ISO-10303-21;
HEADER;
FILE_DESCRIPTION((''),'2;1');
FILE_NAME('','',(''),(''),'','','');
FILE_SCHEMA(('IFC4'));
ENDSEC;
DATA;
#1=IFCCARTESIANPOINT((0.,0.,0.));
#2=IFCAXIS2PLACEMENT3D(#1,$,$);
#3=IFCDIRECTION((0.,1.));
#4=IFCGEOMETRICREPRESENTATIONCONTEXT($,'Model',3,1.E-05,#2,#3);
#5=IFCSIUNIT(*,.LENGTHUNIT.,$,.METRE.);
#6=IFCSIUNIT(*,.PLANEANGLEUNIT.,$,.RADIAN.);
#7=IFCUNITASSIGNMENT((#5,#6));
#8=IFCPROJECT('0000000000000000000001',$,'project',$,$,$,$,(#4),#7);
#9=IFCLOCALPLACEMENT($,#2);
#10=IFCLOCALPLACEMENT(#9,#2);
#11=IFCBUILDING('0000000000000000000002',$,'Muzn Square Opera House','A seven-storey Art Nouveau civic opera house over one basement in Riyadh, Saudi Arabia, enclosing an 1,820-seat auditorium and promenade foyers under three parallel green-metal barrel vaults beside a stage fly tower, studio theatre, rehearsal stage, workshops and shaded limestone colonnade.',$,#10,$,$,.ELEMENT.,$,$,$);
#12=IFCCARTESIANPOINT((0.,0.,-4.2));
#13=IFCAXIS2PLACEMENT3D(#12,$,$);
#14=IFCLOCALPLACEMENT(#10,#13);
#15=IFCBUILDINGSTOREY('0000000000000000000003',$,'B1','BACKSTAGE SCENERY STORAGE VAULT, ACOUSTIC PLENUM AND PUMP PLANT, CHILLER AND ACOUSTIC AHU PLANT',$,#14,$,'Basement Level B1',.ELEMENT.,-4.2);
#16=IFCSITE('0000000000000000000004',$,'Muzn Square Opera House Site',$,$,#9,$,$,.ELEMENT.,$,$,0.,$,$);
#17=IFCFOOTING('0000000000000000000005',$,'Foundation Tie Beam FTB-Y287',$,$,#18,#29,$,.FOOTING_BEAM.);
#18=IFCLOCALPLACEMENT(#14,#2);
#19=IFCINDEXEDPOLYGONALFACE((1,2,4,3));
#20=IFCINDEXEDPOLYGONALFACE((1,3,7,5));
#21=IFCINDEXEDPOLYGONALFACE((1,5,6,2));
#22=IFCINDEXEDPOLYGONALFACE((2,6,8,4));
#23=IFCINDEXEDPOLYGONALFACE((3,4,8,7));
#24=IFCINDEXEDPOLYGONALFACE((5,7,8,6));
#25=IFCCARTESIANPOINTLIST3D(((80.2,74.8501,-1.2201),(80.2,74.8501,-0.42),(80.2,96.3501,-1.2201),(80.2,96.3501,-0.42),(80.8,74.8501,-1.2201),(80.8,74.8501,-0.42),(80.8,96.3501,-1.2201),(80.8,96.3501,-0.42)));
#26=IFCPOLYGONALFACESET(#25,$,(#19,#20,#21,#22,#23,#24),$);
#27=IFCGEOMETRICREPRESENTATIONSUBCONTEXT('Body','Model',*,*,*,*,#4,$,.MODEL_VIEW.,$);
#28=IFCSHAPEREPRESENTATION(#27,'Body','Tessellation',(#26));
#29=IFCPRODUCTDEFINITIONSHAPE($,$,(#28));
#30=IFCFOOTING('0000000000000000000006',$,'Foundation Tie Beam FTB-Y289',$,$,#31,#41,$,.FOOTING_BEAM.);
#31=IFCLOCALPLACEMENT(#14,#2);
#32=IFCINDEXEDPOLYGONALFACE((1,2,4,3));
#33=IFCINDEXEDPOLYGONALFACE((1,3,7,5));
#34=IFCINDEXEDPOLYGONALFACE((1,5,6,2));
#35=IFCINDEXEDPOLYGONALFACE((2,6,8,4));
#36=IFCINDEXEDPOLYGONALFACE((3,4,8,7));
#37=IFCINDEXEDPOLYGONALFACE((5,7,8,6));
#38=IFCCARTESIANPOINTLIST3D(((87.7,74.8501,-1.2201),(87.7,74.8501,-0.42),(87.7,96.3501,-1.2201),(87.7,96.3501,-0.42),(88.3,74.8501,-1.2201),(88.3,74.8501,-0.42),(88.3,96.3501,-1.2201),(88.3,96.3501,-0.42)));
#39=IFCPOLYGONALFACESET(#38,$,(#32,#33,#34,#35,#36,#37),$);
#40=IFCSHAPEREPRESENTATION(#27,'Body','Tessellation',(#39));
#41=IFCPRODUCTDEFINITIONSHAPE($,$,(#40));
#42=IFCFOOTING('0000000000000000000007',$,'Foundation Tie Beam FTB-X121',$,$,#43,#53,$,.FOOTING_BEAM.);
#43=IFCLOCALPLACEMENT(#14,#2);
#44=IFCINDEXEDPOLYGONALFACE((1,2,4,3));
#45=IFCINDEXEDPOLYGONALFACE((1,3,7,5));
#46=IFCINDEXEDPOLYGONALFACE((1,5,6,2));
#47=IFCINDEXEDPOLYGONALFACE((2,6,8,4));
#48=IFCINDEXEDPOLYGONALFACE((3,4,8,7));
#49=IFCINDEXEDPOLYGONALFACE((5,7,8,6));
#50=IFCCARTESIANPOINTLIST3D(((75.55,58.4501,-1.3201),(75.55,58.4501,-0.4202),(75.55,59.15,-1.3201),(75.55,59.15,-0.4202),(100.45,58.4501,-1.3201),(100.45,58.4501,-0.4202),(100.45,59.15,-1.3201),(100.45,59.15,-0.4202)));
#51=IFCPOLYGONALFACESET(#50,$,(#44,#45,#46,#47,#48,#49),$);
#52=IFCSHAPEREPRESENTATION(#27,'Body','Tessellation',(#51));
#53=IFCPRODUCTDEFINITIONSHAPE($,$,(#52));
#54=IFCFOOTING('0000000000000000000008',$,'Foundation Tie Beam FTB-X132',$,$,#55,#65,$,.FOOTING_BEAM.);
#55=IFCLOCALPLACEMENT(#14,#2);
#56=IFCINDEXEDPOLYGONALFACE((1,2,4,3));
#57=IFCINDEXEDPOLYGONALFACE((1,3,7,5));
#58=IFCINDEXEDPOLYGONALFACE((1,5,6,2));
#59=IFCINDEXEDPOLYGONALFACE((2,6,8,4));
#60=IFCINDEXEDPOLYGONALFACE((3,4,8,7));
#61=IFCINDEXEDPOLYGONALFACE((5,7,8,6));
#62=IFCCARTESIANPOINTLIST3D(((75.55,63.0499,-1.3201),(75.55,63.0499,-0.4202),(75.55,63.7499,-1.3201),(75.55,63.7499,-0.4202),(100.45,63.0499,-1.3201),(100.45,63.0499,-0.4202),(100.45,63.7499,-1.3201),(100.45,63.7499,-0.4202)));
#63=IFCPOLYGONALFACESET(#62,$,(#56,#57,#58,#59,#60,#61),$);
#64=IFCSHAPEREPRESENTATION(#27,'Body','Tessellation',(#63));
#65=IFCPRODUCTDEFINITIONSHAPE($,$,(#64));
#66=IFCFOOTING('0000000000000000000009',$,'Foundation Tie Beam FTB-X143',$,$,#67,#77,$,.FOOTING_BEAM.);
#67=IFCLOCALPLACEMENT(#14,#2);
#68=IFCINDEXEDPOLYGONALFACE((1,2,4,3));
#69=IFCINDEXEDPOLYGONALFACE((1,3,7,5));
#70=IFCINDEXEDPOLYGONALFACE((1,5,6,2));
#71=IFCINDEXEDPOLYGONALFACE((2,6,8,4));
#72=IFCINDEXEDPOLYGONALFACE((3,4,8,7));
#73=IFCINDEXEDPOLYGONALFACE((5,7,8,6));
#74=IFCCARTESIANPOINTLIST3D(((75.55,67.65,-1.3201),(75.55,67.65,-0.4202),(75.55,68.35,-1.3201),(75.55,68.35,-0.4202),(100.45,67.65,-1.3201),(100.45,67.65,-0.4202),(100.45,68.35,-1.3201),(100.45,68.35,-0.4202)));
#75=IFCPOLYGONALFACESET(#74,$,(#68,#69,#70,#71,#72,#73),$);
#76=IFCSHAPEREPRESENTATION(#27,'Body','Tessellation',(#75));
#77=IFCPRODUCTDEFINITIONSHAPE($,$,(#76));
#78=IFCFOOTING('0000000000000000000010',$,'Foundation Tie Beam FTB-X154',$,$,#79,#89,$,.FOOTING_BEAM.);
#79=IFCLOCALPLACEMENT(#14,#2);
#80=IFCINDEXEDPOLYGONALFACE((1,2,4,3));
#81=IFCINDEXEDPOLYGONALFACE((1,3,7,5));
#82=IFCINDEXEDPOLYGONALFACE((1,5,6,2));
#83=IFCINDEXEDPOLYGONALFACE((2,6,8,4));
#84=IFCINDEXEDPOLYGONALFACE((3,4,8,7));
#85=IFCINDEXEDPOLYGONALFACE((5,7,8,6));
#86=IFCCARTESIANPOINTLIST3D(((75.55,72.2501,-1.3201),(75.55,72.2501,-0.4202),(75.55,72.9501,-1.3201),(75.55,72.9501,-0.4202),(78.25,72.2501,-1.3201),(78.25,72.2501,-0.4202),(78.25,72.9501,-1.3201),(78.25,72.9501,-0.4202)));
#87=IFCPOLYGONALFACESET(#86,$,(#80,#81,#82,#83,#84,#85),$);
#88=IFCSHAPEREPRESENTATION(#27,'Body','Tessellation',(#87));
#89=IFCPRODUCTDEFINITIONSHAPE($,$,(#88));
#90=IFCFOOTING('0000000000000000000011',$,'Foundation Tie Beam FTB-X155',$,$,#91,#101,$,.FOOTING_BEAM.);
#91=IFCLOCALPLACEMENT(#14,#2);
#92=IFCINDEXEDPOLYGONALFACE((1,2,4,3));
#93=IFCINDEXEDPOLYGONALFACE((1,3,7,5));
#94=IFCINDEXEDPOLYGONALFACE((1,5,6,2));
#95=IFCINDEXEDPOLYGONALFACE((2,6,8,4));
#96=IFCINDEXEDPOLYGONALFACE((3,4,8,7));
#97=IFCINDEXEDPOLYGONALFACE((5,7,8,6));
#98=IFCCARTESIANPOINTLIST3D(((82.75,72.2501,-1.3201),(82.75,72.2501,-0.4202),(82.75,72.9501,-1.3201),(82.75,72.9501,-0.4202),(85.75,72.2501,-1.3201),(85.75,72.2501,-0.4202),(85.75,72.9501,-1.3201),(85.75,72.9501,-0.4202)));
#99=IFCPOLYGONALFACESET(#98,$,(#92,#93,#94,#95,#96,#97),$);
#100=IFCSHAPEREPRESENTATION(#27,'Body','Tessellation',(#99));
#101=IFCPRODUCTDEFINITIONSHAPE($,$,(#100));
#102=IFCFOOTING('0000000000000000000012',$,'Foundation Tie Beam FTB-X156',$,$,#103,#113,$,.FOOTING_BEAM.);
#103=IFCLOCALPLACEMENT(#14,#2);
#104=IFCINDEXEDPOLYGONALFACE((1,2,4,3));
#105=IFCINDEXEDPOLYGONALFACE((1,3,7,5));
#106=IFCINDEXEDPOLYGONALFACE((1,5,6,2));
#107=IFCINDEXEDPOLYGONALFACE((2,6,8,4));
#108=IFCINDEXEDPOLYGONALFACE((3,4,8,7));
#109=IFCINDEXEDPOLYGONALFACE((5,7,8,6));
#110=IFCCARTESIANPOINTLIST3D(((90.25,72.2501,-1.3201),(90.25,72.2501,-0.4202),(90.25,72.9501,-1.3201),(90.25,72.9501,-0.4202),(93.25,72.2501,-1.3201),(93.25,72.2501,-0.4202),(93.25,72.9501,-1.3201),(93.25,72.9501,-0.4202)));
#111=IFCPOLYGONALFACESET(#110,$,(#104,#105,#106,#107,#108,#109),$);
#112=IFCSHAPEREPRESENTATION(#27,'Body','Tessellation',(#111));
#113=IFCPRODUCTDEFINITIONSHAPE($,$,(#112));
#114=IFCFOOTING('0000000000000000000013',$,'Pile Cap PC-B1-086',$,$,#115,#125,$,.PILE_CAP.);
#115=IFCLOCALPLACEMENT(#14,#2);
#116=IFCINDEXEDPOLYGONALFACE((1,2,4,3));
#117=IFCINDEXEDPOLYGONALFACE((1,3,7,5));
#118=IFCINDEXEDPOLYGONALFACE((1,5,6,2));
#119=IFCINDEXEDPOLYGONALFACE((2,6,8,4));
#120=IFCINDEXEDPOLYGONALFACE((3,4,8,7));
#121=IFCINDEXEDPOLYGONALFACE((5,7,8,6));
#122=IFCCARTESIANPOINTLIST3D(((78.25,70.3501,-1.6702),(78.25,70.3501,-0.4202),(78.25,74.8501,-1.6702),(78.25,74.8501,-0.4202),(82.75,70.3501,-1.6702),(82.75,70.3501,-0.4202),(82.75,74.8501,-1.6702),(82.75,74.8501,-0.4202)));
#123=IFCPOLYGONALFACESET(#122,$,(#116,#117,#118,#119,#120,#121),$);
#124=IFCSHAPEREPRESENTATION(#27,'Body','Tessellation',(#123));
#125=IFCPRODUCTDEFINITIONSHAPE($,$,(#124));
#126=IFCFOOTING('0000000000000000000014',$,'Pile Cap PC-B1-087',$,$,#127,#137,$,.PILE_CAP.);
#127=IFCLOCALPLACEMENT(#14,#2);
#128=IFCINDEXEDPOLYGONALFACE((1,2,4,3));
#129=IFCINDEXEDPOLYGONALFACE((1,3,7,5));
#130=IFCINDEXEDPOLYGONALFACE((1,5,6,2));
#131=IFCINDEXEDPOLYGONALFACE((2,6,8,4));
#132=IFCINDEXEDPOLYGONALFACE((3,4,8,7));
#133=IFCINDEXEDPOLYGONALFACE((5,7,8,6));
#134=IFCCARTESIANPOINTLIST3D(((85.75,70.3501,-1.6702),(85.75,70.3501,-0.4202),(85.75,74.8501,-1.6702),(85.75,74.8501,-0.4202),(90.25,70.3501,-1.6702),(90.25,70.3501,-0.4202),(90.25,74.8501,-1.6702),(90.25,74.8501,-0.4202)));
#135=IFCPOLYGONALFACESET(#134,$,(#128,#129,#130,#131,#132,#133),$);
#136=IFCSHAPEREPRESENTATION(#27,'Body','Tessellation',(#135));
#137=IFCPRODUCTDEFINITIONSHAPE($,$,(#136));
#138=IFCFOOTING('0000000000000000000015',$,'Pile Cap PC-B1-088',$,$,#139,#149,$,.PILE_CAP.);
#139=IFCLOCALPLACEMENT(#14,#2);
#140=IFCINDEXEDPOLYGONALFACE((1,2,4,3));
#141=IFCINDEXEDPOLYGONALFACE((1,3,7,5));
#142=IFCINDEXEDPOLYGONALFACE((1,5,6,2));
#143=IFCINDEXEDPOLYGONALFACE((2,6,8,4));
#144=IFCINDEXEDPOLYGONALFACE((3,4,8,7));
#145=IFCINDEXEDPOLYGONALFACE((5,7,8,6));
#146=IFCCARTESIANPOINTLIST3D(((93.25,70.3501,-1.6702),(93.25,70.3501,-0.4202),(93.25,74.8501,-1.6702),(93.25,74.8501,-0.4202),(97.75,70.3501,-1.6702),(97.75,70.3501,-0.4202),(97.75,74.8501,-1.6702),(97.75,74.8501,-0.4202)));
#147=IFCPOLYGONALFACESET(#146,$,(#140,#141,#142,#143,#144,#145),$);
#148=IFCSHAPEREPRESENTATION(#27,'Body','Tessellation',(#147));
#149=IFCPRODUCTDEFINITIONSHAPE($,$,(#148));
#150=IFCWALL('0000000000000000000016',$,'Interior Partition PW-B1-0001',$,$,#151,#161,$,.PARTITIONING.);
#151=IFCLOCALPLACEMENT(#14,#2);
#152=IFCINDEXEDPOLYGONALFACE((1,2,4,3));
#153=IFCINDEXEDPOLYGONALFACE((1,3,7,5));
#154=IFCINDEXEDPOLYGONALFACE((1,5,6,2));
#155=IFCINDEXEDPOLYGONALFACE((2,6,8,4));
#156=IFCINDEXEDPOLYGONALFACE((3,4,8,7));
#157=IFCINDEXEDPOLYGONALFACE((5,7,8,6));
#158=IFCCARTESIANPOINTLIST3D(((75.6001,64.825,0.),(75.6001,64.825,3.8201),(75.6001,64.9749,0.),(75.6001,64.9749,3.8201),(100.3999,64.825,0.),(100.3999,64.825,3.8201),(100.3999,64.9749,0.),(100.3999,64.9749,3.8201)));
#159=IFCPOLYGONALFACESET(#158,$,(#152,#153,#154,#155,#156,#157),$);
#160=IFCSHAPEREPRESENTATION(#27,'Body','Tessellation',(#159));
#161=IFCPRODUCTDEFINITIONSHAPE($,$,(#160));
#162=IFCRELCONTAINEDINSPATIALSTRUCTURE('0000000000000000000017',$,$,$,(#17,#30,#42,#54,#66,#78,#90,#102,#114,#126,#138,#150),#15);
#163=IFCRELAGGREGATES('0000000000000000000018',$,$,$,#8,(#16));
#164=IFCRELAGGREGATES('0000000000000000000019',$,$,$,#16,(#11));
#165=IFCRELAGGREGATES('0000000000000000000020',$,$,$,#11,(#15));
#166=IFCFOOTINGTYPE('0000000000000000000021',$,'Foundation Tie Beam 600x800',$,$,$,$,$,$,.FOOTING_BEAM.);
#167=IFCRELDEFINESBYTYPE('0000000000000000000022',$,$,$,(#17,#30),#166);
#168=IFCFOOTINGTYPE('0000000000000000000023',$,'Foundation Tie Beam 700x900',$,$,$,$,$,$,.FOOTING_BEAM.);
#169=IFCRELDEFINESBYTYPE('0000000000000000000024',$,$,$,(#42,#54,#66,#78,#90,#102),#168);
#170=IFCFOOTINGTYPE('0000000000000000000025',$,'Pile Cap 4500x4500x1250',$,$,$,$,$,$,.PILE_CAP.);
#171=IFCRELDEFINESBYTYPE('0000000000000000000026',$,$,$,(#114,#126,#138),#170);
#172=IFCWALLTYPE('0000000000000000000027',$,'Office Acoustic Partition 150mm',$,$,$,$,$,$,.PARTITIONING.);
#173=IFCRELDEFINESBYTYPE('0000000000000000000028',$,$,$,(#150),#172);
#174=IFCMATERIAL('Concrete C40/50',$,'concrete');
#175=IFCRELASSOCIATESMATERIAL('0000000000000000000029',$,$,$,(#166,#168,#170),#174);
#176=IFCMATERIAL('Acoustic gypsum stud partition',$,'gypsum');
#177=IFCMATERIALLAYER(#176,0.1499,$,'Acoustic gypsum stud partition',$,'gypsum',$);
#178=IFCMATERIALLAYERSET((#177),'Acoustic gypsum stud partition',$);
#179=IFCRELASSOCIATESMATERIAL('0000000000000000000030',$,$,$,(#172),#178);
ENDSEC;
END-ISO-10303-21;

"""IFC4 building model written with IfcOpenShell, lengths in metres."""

from ifc_helpers import new_model, si_unit, direction, frame, frame_2d, origin, origin_2d, place, context, subcontext, project, spatial, rectangle, extrude, material, layer, layer_set, material_profile, profile_set, type_object, element, save


model = new_model("IFC4")

# Units and contexts
model_context = context("Model", 3, precision=1e-05, world=origin(), true_north=direction((0.0, 1.0)))
body_context = subcontext(model_context, "Body", "Model", "MODEL_VIEW")
ifc_project = project(units=[si_unit("LENGTHUNIT", "METRE"), si_unit("PLANEANGLEUNIT", "RADIAN")], contexts=[model_context])

# Site, building, storey
site_placement = place(None, origin())
site = spatial("IfcSite", under=ifc_project, at=site_placement, Name="Muzn Square Opera House Site", CompositionType="ELEMENT", RefElevation=0.0)
building_placement = place(site_placement, origin())
building = spatial("IfcBuilding", under=site, at=building_placement, Name="Muzn Square Opera House", Description="A seven-storey Art Nouveau civic opera house over one basement in Riyadh, Saudi Arabia, enclosing an 1,820-seat auditorium and promenade foyers under three parallel green-metal barrel vaults beside a stage fly tower, studio theatre, rehearsal stage, workshops and shaded limestone colonnade.", CompositionType="ELEMENT")
storey_placement = place(building_placement, frame((0.0, 0.0, -4.2)))
storey = spatial("IfcBuildingStorey", under=building, at=storey_placement, Name="B1", Description="BACKSTAGE SCENERY STORAGE VAULT, ACOUSTIC PLENUM AND PUMP PLANT, CHILLER AND ACOUSTIC AHU PLANT", LongName="Basement Level B1", CompositionType="ELEMENT", Elevation=-4.2)

# Shared definitions
ifc_material_1 = material(Name="Concrete C40/50", Category="concrete")

# Footings
ifc_material_profile_1 = material_profile(ifc_material_1, rectangle(XDim=0.6001, YDim=0.8, at=origin_2d()), Name="RCTB 600x800", Category="concrete")
ifc_profile_set_1 = profile_set([ifc_material_profile_1], Name="Concrete C40/50")
footing_type_1 = type_object("IfcFootingType", Name="Foundation Tie Beam 600x800", PredefinedType="FOOTING_BEAM", material=ifc_profile_set_1)
for number, where, z_axis, x_axis, name in (
    (1, (80.5, 74.8501, -0.8201), (0.0, 1.0, 0.0), (-1.0, 0.0, 0.0), "Foundation Tie Beam FTB-Y287"),
    (2, (88.0, 74.8501, -0.8201), (0.0, 1.0, 0.0), (-1.0, 0.0, 0.0), "Foundation Tie Beam FTB-Y289"),
):
    element("IfcFooting", number, at=place(storey_placement, frame(where, z_axis=z_axis, x_axis=x_axis)), inside=storey, type_object=footing_type_1, Name=name, PredefinedType="FOOTING_BEAM", context=body_context, shape_type="SweptSolid", body=[
        extrude(rectangle(XDim=0.6001, YDim=0.8, at=origin_2d()), origin(), (0.0, 0.0, 1.0), 21.5),
    ])
ifc_material_profile_2 = material_profile(ifc_material_1, rectangle(XDim=0.7, YDim=0.8999, at=origin_2d()), Name="RCTB 700x900", Category="concrete")
ifc_profile_set_2 = profile_set([ifc_material_profile_2], Name="Concrete C40/50")
footing_type_2 = type_object("IfcFootingType", Name="Foundation Tie Beam 700x900", PredefinedType="FOOTING_BEAM", material=ifc_profile_set_2)
for number, where, z_axis, x_axis, name in (
    (3, (75.55, 58.8, -0.8701), (1.0, 0.0, 0.0), (0.0, 1.0, 0.0), "Foundation Tie Beam FTB-X121"),
    (4, (75.55, 63.3999, -0.8701), (1.0, 0.0, 0.0), (0.0, 1.0, 0.0), "Foundation Tie Beam FTB-X132"),
    (5, (75.55, 68.0, -0.8701), (1.0, 0.0, 0.0), (0.0, 1.0, 0.0), "Foundation Tie Beam FTB-X143"),
):
    element("IfcFooting", number, at=place(storey_placement, frame(where, z_axis=z_axis, x_axis=x_axis)), inside=storey, type_object=footing_type_2, Name=name, PredefinedType="FOOTING_BEAM", context=body_context, shape_type="SweptSolid", body=[
        extrude(rectangle(XDim=0.7, YDim=0.8999, at=origin_2d()), origin(), (0.0, 0.0, 1.0), 24.8999),
    ])
footing_placement = place(storey_placement, frame((75.55, 72.6001, -0.8701), z_axis=(1.0, 0.0, 0.0), x_axis=(0.0, 1.0, 0.0)))
element("IfcFooting", 6, at=footing_placement, inside=storey, type_object=footing_type_2, Name="Foundation Tie Beam FTB-X154", PredefinedType="FOOTING_BEAM", context=body_context, shape_type="SweptSolid", body=[
    extrude(rectangle(XDim=0.7, YDim=0.8999, at=origin_2d()), origin(), (0.0, 0.0, 1.0), 2.7),
])
for number, where, z_axis, x_axis, name in (
    (7, (82.75, 72.6001, -0.8701), (1.0, 0.0, 0.0), (0.0, 1.0, 0.0), "Foundation Tie Beam FTB-X155"),
    (8, (90.25, 72.6001, -0.8701), (1.0, 0.0, 0.0), (0.0, 1.0, 0.0), "Foundation Tie Beam FTB-X156"),
):
    element("IfcFooting", number, at=place(storey_placement, frame(where, z_axis=z_axis, x_axis=x_axis)), inside=storey, type_object=footing_type_2, Name=name, PredefinedType="FOOTING_BEAM", context=body_context, shape_type="SweptSolid", body=[
        extrude(rectangle(XDim=0.7, YDim=0.8999, at=origin_2d()), origin(), (0.0, 0.0, 1.0), 3.0),
    ])
footing_type_3 = type_object("IfcFootingType", Name="Pile Cap 4500x4500x1250", PredefinedType="PILE_CAP", material=ifc_material_1)
for number, where, z_axis, x_axis, name in (
    (9, (80.5, 72.6001, -1.6702), (0.0, 0.0, 1.0), (1.0, 0.0, 0.0), "Pile Cap PC-B1-086"),
    (10, (88.0, 72.6001, -1.6702), (0.0, 0.0, 1.0), (1.0, 0.0, 0.0), "Pile Cap PC-B1-087"),
    (11, (95.5, 72.6001, -1.6702), (0.0, 0.0, 1.0), (1.0, 0.0, 0.0), "Pile Cap PC-B1-088"),
):
    element("IfcFooting", number, at=place(storey_placement, frame(where, z_axis=z_axis, x_axis=x_axis)), inside=storey, type_object=footing_type_3, Name=name, PredefinedType="PILE_CAP", context=body_context, shape_type="SweptSolid", body=[
        extrude(rectangle(XDim=4.5, YDim=4.5, at=origin_2d()), origin(), (0.0, 0.0, 1.0), 1.25),
    ])

# Wall
ifc_material_2 = material(Name="Acoustic gypsum stud partition", Category="gypsum")
ifc_layer = layer(ifc_material_2, 0.1499, Name="Acoustic gypsum stud partition", Category="gypsum")
ifc_layer_set = layer_set([ifc_layer], Name="Acoustic gypsum stud partition")
wall_type = type_object("IfcWallType", Name="Office Acoustic Partition 150mm", PredefinedType="PARTITIONING", material=ifc_layer_set)
wall_placement = place(storey_placement, frame((75.6001, 64.8999, 0.0), z_axis=(0.0, 0.0, 1.0), x_axis=(1.0, 0.0, 0.0)))
element("IfcWall", 12, at=wall_placement, inside=storey, type_object=wall_type, Name="Interior Partition PW-B1-0001", PredefinedType="PARTITIONING", context=body_context, shape_type="SweptSolid", body=[
    extrude(rectangle(XDim=24.7998, YDim=0.1499, at=frame_2d((12.3999, 0.0))), origin(), (0.0, 0.0, 1.0), 3.8201),
])

save(model, "model.ifc")
